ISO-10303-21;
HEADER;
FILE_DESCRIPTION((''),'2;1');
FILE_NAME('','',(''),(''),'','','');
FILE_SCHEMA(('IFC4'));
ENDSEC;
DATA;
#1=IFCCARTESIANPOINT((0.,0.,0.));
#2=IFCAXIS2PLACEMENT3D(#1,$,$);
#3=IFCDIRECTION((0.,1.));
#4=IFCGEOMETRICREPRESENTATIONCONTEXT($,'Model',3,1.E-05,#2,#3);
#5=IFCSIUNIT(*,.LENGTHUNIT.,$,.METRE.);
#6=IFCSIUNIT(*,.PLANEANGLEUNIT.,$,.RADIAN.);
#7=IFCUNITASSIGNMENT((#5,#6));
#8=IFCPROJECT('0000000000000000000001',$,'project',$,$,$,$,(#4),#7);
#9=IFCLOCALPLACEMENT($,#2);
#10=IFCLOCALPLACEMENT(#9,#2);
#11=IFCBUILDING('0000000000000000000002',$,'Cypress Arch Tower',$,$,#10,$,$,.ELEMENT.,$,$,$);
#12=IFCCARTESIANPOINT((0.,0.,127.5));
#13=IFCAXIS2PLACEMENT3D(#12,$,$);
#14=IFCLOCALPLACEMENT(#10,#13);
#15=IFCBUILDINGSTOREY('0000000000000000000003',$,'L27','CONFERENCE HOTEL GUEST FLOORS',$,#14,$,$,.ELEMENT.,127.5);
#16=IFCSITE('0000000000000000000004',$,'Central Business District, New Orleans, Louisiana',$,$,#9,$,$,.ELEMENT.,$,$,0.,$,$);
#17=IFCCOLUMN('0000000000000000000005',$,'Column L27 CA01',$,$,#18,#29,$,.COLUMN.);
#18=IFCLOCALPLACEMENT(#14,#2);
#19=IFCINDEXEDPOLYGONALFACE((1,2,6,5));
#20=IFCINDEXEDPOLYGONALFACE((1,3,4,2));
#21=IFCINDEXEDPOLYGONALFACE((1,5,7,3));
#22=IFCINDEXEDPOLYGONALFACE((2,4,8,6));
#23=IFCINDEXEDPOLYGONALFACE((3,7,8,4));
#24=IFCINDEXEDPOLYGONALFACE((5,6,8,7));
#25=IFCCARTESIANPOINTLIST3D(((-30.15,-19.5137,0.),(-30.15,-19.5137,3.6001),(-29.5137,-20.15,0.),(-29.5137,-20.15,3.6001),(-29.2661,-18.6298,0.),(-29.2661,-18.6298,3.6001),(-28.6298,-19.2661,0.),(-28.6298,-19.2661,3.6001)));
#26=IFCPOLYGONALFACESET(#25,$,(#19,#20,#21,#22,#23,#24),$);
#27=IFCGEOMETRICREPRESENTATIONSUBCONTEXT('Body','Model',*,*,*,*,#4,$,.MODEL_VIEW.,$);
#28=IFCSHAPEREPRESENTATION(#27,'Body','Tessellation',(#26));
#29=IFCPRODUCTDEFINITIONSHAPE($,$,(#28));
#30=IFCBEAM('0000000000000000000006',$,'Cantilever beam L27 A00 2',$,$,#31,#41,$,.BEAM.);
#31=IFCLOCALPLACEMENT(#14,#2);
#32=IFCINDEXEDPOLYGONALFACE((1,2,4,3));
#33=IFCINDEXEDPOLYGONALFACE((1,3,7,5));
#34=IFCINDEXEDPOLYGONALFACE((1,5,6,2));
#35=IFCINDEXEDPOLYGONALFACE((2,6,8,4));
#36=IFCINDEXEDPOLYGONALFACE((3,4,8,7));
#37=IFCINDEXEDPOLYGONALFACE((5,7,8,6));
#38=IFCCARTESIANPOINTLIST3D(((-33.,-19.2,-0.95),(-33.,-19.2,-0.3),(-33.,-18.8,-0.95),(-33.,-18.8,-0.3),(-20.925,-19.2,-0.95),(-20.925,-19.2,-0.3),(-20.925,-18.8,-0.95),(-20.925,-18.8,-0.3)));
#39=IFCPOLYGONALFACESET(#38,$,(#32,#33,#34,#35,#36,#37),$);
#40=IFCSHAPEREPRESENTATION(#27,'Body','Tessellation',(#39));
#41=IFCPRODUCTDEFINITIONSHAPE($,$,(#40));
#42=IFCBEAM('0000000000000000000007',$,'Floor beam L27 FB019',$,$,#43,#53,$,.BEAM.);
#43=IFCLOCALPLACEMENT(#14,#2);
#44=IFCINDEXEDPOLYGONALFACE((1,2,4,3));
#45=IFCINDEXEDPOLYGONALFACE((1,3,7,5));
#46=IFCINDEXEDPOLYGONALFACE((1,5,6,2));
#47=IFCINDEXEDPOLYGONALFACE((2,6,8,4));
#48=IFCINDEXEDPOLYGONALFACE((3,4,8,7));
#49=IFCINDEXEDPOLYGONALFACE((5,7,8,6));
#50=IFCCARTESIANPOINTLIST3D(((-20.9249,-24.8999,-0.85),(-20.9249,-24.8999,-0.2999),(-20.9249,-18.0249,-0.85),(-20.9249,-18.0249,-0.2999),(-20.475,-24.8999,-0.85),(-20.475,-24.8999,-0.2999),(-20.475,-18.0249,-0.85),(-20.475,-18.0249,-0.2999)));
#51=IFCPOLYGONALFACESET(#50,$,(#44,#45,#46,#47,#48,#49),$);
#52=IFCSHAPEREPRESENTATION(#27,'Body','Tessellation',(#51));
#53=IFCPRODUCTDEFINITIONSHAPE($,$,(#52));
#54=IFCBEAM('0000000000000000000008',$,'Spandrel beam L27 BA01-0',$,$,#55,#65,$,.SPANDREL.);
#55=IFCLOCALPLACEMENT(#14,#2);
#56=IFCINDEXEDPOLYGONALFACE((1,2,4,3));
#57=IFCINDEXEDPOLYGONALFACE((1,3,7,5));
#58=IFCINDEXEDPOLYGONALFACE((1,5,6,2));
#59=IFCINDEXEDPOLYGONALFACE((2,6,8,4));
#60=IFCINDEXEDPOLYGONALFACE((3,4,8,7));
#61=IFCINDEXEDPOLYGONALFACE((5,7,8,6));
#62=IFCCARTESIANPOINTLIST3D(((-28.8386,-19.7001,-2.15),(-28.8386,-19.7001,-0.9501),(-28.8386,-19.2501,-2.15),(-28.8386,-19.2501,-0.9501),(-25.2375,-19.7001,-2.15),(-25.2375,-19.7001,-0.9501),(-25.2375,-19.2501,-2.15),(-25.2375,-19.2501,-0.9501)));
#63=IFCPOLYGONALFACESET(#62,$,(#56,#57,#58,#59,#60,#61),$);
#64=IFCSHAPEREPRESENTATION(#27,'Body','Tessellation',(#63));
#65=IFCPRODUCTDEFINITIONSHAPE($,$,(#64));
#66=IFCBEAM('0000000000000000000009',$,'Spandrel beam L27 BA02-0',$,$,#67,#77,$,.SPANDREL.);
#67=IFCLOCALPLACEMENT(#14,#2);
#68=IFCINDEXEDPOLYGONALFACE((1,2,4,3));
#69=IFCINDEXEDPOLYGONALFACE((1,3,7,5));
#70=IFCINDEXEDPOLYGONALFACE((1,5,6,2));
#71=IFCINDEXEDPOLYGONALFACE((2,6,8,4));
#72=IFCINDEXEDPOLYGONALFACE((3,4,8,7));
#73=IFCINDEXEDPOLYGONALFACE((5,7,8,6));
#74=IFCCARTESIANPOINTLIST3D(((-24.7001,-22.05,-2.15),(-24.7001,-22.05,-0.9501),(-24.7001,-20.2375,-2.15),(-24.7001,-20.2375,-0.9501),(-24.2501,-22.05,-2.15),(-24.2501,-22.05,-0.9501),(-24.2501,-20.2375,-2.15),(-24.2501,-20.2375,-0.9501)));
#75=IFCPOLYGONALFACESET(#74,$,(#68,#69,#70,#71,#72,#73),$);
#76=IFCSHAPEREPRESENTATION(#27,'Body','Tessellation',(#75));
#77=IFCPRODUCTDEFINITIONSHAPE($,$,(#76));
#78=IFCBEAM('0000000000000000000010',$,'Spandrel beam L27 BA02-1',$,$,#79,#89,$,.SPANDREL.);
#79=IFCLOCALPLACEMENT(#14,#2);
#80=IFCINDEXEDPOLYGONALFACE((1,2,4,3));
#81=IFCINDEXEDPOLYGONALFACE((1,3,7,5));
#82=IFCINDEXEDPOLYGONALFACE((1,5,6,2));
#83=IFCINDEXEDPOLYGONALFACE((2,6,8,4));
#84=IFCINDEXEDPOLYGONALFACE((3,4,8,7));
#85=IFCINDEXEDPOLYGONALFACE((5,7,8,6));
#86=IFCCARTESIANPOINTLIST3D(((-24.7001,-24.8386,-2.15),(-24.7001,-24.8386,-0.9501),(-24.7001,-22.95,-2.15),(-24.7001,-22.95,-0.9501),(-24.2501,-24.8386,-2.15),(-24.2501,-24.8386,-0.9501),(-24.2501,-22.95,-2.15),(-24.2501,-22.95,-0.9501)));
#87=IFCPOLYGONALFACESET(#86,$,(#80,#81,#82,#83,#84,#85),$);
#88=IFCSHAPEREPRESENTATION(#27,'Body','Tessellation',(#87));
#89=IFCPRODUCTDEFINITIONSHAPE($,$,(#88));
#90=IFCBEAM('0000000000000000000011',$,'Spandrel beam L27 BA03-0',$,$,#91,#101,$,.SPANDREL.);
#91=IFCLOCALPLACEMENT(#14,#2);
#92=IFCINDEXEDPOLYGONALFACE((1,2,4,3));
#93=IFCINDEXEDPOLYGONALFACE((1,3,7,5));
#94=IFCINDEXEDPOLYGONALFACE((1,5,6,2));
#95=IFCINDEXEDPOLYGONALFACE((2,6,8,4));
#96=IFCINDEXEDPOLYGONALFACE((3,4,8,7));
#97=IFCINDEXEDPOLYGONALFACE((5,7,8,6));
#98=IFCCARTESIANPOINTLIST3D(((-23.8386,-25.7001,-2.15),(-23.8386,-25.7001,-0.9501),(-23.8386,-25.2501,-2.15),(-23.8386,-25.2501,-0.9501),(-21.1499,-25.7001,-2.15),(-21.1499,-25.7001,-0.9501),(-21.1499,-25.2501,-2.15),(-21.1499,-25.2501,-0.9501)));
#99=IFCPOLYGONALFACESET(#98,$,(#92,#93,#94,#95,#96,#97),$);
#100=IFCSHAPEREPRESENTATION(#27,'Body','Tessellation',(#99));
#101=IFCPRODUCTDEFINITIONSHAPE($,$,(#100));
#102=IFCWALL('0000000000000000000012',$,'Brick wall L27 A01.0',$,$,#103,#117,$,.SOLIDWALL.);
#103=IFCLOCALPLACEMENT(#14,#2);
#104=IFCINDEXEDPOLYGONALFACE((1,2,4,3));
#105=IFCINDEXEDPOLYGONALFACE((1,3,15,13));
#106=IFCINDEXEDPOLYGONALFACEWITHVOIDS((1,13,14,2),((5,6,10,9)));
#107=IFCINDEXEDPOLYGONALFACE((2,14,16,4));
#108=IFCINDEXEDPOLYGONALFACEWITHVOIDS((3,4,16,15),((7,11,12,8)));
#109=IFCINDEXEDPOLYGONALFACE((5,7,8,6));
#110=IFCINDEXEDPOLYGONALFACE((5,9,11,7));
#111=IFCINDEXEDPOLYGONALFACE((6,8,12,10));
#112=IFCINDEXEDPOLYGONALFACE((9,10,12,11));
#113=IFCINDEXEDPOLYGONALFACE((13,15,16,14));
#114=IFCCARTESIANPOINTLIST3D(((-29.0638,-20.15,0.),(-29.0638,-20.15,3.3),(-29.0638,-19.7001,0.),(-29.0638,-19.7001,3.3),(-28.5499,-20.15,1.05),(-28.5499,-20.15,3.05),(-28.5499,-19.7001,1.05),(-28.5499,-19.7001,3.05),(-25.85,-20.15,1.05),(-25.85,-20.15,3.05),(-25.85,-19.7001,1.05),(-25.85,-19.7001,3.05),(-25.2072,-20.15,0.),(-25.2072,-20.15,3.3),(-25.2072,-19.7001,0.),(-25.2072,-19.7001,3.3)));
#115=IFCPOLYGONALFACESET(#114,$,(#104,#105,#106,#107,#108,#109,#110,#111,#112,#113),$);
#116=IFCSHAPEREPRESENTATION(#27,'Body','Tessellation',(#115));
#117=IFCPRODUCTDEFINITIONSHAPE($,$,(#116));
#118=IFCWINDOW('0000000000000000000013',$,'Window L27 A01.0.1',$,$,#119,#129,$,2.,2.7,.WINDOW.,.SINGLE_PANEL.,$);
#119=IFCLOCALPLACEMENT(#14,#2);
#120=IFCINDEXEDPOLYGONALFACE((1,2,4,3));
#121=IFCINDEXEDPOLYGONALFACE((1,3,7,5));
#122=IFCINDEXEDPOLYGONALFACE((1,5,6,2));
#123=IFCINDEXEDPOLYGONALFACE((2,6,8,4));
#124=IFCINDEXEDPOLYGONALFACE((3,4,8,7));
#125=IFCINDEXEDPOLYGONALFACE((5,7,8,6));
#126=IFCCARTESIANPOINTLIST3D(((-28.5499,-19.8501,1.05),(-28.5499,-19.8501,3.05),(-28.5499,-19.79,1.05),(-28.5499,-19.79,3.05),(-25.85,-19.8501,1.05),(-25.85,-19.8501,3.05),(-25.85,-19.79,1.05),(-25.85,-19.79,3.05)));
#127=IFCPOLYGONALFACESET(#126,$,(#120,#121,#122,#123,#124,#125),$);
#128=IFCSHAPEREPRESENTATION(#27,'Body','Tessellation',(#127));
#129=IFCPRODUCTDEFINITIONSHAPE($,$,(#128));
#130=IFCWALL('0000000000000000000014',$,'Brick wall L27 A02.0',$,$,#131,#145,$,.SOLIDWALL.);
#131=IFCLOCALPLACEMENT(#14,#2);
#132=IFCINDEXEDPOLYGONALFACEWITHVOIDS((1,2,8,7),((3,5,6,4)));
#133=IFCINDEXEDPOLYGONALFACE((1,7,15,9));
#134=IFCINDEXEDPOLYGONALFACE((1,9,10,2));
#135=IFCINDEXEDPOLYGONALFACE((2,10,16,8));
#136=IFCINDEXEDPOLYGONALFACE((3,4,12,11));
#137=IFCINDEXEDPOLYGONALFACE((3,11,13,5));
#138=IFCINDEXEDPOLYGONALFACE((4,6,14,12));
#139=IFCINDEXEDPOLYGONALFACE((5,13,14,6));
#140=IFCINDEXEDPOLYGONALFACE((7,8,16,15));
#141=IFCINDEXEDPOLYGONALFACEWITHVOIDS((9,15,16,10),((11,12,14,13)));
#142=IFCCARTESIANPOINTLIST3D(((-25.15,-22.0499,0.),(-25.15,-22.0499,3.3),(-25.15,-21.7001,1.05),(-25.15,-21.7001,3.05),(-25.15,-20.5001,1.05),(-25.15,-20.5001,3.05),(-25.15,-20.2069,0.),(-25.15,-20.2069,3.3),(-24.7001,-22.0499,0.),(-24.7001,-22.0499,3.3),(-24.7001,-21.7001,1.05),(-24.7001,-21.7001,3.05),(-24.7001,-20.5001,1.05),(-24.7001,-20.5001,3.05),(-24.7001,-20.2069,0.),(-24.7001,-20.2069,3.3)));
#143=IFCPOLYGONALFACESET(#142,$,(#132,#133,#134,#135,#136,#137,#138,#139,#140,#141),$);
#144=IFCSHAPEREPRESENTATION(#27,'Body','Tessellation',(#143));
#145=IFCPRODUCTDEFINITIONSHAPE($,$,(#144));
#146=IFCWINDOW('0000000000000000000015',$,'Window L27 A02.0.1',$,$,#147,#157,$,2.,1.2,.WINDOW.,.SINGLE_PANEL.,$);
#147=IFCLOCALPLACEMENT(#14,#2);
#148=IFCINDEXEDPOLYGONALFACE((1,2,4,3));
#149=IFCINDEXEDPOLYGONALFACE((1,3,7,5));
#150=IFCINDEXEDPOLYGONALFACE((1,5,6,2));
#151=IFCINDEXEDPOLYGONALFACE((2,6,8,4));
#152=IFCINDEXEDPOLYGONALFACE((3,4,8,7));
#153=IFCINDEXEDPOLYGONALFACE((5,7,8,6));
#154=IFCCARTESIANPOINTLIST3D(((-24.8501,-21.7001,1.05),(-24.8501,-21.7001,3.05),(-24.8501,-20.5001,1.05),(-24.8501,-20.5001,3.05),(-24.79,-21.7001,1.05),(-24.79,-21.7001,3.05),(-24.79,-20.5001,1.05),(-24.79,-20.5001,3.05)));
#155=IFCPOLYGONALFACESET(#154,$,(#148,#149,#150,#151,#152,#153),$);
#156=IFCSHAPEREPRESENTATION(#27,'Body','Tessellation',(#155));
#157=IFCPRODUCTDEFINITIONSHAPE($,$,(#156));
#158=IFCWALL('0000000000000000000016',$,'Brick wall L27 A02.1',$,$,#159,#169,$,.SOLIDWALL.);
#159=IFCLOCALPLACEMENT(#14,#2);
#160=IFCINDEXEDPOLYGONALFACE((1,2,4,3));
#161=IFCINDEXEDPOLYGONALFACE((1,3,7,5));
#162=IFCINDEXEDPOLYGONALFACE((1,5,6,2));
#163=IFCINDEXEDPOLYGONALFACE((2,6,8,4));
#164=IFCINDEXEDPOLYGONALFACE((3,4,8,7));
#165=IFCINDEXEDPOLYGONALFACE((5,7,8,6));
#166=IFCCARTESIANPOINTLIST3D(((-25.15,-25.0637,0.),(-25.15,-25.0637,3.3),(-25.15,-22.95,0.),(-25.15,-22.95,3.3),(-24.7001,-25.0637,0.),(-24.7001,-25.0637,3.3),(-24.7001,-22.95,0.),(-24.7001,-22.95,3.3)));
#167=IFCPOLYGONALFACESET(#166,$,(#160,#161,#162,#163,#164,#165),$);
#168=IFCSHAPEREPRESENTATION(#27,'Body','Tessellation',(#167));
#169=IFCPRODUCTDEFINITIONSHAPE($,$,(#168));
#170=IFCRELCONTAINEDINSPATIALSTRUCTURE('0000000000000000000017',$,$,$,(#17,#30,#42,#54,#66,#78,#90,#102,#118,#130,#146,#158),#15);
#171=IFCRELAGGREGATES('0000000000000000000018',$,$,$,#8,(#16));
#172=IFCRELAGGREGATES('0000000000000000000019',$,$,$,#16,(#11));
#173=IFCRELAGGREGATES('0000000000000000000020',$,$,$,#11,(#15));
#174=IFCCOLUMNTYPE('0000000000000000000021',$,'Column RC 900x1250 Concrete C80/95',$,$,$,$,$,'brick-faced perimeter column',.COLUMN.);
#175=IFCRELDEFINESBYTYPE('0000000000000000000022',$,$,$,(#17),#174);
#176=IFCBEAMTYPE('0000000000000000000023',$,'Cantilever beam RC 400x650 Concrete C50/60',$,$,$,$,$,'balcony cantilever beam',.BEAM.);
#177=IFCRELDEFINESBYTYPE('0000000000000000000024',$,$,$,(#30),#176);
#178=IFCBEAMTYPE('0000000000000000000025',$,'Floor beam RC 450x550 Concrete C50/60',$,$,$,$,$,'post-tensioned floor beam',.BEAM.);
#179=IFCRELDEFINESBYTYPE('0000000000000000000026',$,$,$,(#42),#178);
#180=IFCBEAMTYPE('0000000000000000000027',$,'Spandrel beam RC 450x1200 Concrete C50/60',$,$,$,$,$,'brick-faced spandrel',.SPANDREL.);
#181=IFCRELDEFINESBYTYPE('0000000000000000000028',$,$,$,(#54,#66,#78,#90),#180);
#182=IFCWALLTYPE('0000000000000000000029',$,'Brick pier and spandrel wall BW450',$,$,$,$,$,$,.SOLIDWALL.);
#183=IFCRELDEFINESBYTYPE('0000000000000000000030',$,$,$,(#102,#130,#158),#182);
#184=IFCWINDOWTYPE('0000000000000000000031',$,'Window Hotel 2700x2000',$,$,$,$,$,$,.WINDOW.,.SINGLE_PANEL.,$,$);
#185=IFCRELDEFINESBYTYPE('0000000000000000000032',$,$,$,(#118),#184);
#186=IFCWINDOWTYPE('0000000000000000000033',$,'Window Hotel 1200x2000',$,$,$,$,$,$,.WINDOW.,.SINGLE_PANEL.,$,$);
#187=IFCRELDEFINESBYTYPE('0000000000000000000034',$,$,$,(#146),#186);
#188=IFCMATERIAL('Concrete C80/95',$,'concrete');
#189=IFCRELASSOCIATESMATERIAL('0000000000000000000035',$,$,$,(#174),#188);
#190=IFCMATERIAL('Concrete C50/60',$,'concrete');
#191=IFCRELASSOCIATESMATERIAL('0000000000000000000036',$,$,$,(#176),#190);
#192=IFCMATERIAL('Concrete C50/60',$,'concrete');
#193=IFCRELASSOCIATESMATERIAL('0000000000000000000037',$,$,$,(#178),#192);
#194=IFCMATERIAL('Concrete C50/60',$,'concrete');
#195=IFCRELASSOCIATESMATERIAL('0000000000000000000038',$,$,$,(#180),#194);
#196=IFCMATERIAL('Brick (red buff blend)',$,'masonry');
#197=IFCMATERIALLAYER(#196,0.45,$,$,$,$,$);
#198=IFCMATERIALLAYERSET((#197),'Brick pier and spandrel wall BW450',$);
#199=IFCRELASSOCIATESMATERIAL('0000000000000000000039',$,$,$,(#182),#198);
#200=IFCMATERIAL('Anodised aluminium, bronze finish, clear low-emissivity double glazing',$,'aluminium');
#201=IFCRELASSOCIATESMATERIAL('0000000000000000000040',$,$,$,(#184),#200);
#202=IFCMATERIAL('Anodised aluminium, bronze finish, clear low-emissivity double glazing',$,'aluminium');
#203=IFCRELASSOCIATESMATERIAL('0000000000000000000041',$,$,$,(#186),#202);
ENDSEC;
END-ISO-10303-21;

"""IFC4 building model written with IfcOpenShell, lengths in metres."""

from ifc_helpers import new_model, si_unit, direction, frame, frame_2d, origin, origin_2d, place, context, subcontext, project, spatial, rectangle, extrude, material, layer, layer_set, material_profile, profile_set, type_object, element, fill, save


model = new_model("IFC4")

# Units and contexts
model_context = context("Model", 3, precision=1e-05, world=origin(), true_north=direction((0.0, 1.0)))
body_context = subcontext(model_context, "Body", "Model", "MODEL_VIEW")
ifc_project = project(units=[si_unit("LENGTHUNIT", "METRE"), si_unit("PLANEANGLEUNIT", "RADIAN")], contexts=[model_context])

# Site, building, storey
site_placement = place(None, origin())
site = spatial("IfcSite", under=ifc_project, at=site_placement, Name="Central Business District, New Orleans, Louisiana", CompositionType="ELEMENT", RefElevation=0.0)
building_placement = place(site_placement, origin())
building = spatial("IfcBuilding", under=site, at=building_placement, Name="Cypress Arch Tower", CompositionType="ELEMENT")
storey_placement = place(building_placement, frame((0.0, 0.0, 127.5)))
storey = spatial("IfcBuildingStorey", under=building, at=storey_placement, Name="L27", Description="CONFERENCE HOTEL GUEST FLOORS", CompositionType="ELEMENT", Elevation=127.5)

# Column
ifc_material_1 = material(Name="Concrete C80/95", Category="concrete")
ifc_material_profile_1 = material_profile(ifc_material_1, rectangle(XDim=0.8999, YDim=1.25, at=origin_2d()), Name="RC 900x1250")
ifc_profile_set_1 = profile_set([ifc_material_profile_1], Name="Concrete C80/95")
column_type = type_object("IfcColumnType", Name="Column RC 900x1250 Concrete C80/95", ElementType="brick-faced perimeter column", PredefinedType="COLUMN", material=ifc_profile_set_1)
column_placement = place(storey_placement, frame((-29.3899, -19.3899, 0.0), z_axis=(0.0, 0.0, 1.0), x_axis=(0.707107, -0.707107, 0.0)))
element("IfcColumn", 1, at=column_placement, inside=storey, type_object=column_type, Name="Column L27 CA01", PredefinedType="COLUMN", context=body_context, shape_type="SweptSolid", body=[
    extrude(rectangle(XDim=0.8999, YDim=1.25, at=origin_2d()), origin(), (0.0, 0.0, 1.0), 3.6001),
])

# Beams
ifc_material_2 = material(Name="Concrete C50/60", Category="concrete")
ifc_material_profile_2 = material_profile(ifc_material_2, rectangle(XDim=0.3999, YDim=0.6499, at=origin_2d()), Name="RC 400x650")
ifc_profile_set_2 = profile_set([ifc_material_profile_2], Name="Concrete C50/60")
beam_type_1 = type_object("IfcBeamType", Name="Cantilever beam RC 400x650 Concrete C50/60", ElementType="balcony cantilever beam", PredefinedType="BEAM", material=ifc_profile_set_2)
beam_1_placement = place(storey_placement, frame((-20.925, -19.0, -0.625), z_axis=(-1.0, 0.0, 0.0), x_axis=(0.0, -1.0, 0.0)))
element("IfcBeam", 2, at=beam_1_placement, inside=storey, type_object=beam_type_1, Name="Cantilever beam L27 A00 2", PredefinedType="BEAM", context=body_context, shape_type="SweptSolid", body=[
    extrude(rectangle(XDim=0.3999, YDim=0.6499, at=origin_2d()), origin(), (0.0, 0.0, 1.0), 12.075),
])
ifc_material_3 = material(Name="Concrete C50/60", Category="concrete")
ifc_material_profile_3 = material_profile(ifc_material_3, rectangle(XDim=0.45, YDim=0.55, at=origin_2d()), Name="RC 450x550")
ifc_profile_set_3 = profile_set([ifc_material_profile_3], Name="Concrete C50/60")
beam_type_2 = type_object("IfcBeamType", Name="Floor beam RC 450x550 Concrete C50/60", ElementType="post-tensioned floor beam", PredefinedType="BEAM", material=ifc_profile_set_3)
beam_2_placement = place(storey_placement, frame((-20.7, -24.8999, -0.575), z_axis=(0.0, 1.0, 0.0), x_axis=(-1.0, 0.0, 0.0)))
element("IfcBeam", 3, at=beam_2_placement, inside=storey, type_object=beam_type_2, Name="Floor beam L27 FB019", PredefinedType="BEAM", context=body_context, shape_type="SweptSolid", body=[
    extrude(rectangle(XDim=0.45, YDim=0.55, at=origin_2d()), origin(), (0.0, 0.0, 1.0), 6.875),
])
ifc_material_4 = material(Name="Concrete C50/60", Category="concrete")
ifc_material_profile_4 = material_profile(ifc_material_4, rectangle(XDim=0.45, YDim=1.2, at=origin_2d()), Name="RC 450x1200")
ifc_profile_set_4 = profile_set([ifc_material_profile_4], Name="Concrete C50/60")
beam_type_3 = type_object("IfcBeamType", Name="Spandrel beam RC 450x1200 Concrete C50/60", ElementType="brick-faced spandrel", PredefinedType="SPANDREL", material=ifc_profile_set_4)
beam_3_placement = place(storey_placement, frame((-28.8386, -19.4751, -1.55), z_axis=(1.0, 0.0, 0.0), x_axis=(0.0, 1.0, 0.0)))
element("IfcBeam", 4, at=beam_3_placement, inside=storey, type_object=beam_type_3, Name="Spandrel beam L27 BA01-0", PredefinedType="SPANDREL", context=body_context, shape_type="SweptSolid", body=[
    extrude(rectangle(XDim=0.45, YDim=1.2, at=origin_2d()), origin(), (0.0, 0.0, 1.0), 3.6011),
])
beam_4_placement = place(storey_placement, frame((-24.4751, -20.2375, -1.55), z_axis=(0.0, -1.0, 0.0), x_axis=(1.0, 0.0, 0.0)))
element("IfcBeam", 5, at=beam_4_placement, inside=storey, type_object=beam_type_3, Name="Spandrel beam L27 BA02-0", PredefinedType="SPANDREL", context=body_context, shape_type="SweptSolid", body=[
    extrude(rectangle(XDim=0.45, YDim=1.2, at=origin_2d()), origin(), (0.0, 0.0, 1.0), 1.8125),
])
beam_5_placement = place(storey_placement, frame((-24.4751, -22.95, -1.55), z_axis=(0.0, -1.0, 0.0), x_axis=(1.0, 0.0, 0.0)))
element("IfcBeam", 6, at=beam_5_placement, inside=storey, type_object=beam_type_3, Name="Spandrel beam L27 BA02-1", PredefinedType="SPANDREL", context=body_context, shape_type="SweptSolid", body=[
    extrude(rectangle(XDim=0.45, YDim=1.2, at=origin_2d()), origin(), (0.0, 0.0, 1.0), 1.8887),
])
beam_6_placement = place(storey_placement, frame((-23.8386, -25.4751, -1.55), z_axis=(1.0, 0.0, 0.0), x_axis=(0.0, 1.0, 0.0)))
element("IfcBeam", 7, at=beam_6_placement, inside=storey, type_object=beam_type_3, Name="Spandrel beam L27 BA03-0", PredefinedType="SPANDREL", context=body_context, shape_type="SweptSolid", body=[
    extrude(rectangle(XDim=0.45, YDim=1.2, at=origin_2d()), origin(), (0.0, 0.0, 1.0), 2.6887),
])

# Walls, openings, windows
ifc_material_5 = material(Name="Brick (red buff blend)", Category="masonry")
ifc_layer_1 = layer(ifc_material_5, 0.45)
ifc_layer_set_1 = layer_set([ifc_layer_1], Name="Brick pier and spandrel wall BW450")
wall_type_1 = type_object("IfcWallType", Name="Brick pier and spandrel wall BW450", PredefinedType="SOLIDWALL", material=ifc_layer_set_1)
wall_1_placement = place(storey_placement, frame((-29.0637, -19.925, 0.0), z_axis=(0.0, 0.0, 1.0), x_axis=(1.0, 0.0, 0.0)))
wall_1 = element("IfcWall", 8, at=wall_1_placement, inside=storey, type_object=wall_type_1, Name="Brick wall L27 A01.0", PredefinedType="SOLIDWALL", context=body_context, shape_type="SweptSolid", body=[
    extrude(rectangle(XDim=3.8567, YDim=0.45, at=frame_2d((1.9282, 0.0))), origin(), (0.0, 0.0, 1.0), 3.3),
])
opening_1_placement = place(wall_1_placement, frame((0.5137, 0.0, 1.05)))
opening_1 = element("IfcOpeningElement", 9, at=opening_1_placement, cuts=wall_1, PredefinedType="OPENING", context=body_context, shape_type="SweptSolid", body=[
    extrude(rectangle(XDim=2.7, YDim=2.0, at=frame_2d((1.3501, 1.0))), frame((0.0, 0.2349, 0.0), z_axis=(0.0, -1.0, 0.0), x_axis=(1.0, 0.0, 0.0)), (0.0, 0.0, 1.0), 0.47),
])
ifc_material_6 = material(Name="Anodised aluminium, bronze finish, clear low-emissivity double glazing", Category="aluminium")
window_type_1 = type_object("IfcWindowType", Name="Window Hotel 2700x2000", PartitioningType="SINGLE_PANEL", PredefinedType="WINDOW", material=ifc_material_6)
window_1_placement = place(opening_1_placement, origin())
window_1 = element("IfcWindow", 10, at=window_1_placement, inside=storey, type_object=window_type_1, Name="Window L27 A01.0.1", OverallHeight=2.0, OverallWidth=2.7, PartitioningType="SINGLE_PANEL", PredefinedType="WINDOW", context=body_context, shape_type="SweptSolid", body=[
    extrude(rectangle(XDim=2.7, YDim=2.0, at=frame_2d((1.3501, 1.0))), frame((0.0, 0.135, 0.0), z_axis=(0.0, -1.0, 0.0), x_axis=(1.0, 0.0, 0.0)), (0.0, 0.0, 1.0), 0.0601),
])
fill(opening_1, window_1)
wall_2_placement = place(storey_placement, frame((-24.925, -20.207, 0.0), z_axis=(0.0, 0.0, 1.0), x_axis=(0.0, -1.0, 0.0)))
wall_2 = element("IfcWall", 11, at=wall_2_placement, inside=storey, type_object=wall_type_1, Name="Brick wall L27 A02.0", PredefinedType="SOLIDWALL", context=body_context, shape_type="SweptSolid", body=[
    extrude(rectangle(XDim=1.843, YDim=0.45, at=frame_2d((0.9214, 0.0))), origin(), (0.0, 0.0, 1.0), 3.3),
])
opening_2_placement = place(wall_2_placement, frame((0.293, 0.0, 1.05)))
opening_2 = element("IfcOpeningElement", 12, at=opening_2_placement, cuts=wall_2, PredefinedType="OPENING", context=body_context, shape_type="SweptSolid", body=[
    extrude(rectangle(XDim=1.2, YDim=2.0, at=frame_2d((0.6001, 1.0))), frame((0.0, 0.2349, 0.0), z_axis=(0.0, -1.0, 0.0), x_axis=(1.0, 0.0, 0.0)), (0.0, 0.0, 1.0), 0.47),
])
ifc_material_7 = material(Name="Anodised aluminium, bronze finish, clear low-emissivity double glazing", Category="aluminium")
window_type_2 = type_object("IfcWindowType", Name="Window Hotel 1200x2000", PartitioningType="SINGLE_PANEL", PredefinedType="WINDOW", material=ifc_material_7)
window_2_placement = place(opening_2_placement, origin())
window_2 = element("IfcWindow", 13, at=window_2_placement, inside=storey, type_object=window_type_2, Name="Window L27 A02.0.1", OverallHeight=2.0, OverallWidth=1.2, PartitioningType="SINGLE_PANEL", PredefinedType="WINDOW", context=body_context, shape_type="SweptSolid", body=[
    extrude(rectangle(XDim=1.2, YDim=2.0, at=frame_2d((0.6001, 1.0))), frame((0.0, 0.135, 0.0), z_axis=(0.0, -1.0, 0.0), x_axis=(1.0, 0.0, 0.0)), (0.0, 0.0, 1.0), 0.0601),
])
fill(opening_2, window_2)

# Wall
wall_3_placement = place(storey_placement, frame((-24.925, -22.95, 0.0), z_axis=(0.0, 0.0, 1.0), x_axis=(0.0, -1.0, 0.0)))
element("IfcWall", 14, at=wall_3_placement, inside=storey, type_object=wall_type_1, Name="Brick wall L27 A02.1", PredefinedType="SOLIDWALL", context=body_context, shape_type="SweptSolid", body=[
    extrude(rectangle(XDim=2.1138, YDim=0.45, at=frame_2d((1.0569, 0.0))), origin(), (0.0, 0.0, 1.0), 3.3),
])

save(model, "model.ifc")
